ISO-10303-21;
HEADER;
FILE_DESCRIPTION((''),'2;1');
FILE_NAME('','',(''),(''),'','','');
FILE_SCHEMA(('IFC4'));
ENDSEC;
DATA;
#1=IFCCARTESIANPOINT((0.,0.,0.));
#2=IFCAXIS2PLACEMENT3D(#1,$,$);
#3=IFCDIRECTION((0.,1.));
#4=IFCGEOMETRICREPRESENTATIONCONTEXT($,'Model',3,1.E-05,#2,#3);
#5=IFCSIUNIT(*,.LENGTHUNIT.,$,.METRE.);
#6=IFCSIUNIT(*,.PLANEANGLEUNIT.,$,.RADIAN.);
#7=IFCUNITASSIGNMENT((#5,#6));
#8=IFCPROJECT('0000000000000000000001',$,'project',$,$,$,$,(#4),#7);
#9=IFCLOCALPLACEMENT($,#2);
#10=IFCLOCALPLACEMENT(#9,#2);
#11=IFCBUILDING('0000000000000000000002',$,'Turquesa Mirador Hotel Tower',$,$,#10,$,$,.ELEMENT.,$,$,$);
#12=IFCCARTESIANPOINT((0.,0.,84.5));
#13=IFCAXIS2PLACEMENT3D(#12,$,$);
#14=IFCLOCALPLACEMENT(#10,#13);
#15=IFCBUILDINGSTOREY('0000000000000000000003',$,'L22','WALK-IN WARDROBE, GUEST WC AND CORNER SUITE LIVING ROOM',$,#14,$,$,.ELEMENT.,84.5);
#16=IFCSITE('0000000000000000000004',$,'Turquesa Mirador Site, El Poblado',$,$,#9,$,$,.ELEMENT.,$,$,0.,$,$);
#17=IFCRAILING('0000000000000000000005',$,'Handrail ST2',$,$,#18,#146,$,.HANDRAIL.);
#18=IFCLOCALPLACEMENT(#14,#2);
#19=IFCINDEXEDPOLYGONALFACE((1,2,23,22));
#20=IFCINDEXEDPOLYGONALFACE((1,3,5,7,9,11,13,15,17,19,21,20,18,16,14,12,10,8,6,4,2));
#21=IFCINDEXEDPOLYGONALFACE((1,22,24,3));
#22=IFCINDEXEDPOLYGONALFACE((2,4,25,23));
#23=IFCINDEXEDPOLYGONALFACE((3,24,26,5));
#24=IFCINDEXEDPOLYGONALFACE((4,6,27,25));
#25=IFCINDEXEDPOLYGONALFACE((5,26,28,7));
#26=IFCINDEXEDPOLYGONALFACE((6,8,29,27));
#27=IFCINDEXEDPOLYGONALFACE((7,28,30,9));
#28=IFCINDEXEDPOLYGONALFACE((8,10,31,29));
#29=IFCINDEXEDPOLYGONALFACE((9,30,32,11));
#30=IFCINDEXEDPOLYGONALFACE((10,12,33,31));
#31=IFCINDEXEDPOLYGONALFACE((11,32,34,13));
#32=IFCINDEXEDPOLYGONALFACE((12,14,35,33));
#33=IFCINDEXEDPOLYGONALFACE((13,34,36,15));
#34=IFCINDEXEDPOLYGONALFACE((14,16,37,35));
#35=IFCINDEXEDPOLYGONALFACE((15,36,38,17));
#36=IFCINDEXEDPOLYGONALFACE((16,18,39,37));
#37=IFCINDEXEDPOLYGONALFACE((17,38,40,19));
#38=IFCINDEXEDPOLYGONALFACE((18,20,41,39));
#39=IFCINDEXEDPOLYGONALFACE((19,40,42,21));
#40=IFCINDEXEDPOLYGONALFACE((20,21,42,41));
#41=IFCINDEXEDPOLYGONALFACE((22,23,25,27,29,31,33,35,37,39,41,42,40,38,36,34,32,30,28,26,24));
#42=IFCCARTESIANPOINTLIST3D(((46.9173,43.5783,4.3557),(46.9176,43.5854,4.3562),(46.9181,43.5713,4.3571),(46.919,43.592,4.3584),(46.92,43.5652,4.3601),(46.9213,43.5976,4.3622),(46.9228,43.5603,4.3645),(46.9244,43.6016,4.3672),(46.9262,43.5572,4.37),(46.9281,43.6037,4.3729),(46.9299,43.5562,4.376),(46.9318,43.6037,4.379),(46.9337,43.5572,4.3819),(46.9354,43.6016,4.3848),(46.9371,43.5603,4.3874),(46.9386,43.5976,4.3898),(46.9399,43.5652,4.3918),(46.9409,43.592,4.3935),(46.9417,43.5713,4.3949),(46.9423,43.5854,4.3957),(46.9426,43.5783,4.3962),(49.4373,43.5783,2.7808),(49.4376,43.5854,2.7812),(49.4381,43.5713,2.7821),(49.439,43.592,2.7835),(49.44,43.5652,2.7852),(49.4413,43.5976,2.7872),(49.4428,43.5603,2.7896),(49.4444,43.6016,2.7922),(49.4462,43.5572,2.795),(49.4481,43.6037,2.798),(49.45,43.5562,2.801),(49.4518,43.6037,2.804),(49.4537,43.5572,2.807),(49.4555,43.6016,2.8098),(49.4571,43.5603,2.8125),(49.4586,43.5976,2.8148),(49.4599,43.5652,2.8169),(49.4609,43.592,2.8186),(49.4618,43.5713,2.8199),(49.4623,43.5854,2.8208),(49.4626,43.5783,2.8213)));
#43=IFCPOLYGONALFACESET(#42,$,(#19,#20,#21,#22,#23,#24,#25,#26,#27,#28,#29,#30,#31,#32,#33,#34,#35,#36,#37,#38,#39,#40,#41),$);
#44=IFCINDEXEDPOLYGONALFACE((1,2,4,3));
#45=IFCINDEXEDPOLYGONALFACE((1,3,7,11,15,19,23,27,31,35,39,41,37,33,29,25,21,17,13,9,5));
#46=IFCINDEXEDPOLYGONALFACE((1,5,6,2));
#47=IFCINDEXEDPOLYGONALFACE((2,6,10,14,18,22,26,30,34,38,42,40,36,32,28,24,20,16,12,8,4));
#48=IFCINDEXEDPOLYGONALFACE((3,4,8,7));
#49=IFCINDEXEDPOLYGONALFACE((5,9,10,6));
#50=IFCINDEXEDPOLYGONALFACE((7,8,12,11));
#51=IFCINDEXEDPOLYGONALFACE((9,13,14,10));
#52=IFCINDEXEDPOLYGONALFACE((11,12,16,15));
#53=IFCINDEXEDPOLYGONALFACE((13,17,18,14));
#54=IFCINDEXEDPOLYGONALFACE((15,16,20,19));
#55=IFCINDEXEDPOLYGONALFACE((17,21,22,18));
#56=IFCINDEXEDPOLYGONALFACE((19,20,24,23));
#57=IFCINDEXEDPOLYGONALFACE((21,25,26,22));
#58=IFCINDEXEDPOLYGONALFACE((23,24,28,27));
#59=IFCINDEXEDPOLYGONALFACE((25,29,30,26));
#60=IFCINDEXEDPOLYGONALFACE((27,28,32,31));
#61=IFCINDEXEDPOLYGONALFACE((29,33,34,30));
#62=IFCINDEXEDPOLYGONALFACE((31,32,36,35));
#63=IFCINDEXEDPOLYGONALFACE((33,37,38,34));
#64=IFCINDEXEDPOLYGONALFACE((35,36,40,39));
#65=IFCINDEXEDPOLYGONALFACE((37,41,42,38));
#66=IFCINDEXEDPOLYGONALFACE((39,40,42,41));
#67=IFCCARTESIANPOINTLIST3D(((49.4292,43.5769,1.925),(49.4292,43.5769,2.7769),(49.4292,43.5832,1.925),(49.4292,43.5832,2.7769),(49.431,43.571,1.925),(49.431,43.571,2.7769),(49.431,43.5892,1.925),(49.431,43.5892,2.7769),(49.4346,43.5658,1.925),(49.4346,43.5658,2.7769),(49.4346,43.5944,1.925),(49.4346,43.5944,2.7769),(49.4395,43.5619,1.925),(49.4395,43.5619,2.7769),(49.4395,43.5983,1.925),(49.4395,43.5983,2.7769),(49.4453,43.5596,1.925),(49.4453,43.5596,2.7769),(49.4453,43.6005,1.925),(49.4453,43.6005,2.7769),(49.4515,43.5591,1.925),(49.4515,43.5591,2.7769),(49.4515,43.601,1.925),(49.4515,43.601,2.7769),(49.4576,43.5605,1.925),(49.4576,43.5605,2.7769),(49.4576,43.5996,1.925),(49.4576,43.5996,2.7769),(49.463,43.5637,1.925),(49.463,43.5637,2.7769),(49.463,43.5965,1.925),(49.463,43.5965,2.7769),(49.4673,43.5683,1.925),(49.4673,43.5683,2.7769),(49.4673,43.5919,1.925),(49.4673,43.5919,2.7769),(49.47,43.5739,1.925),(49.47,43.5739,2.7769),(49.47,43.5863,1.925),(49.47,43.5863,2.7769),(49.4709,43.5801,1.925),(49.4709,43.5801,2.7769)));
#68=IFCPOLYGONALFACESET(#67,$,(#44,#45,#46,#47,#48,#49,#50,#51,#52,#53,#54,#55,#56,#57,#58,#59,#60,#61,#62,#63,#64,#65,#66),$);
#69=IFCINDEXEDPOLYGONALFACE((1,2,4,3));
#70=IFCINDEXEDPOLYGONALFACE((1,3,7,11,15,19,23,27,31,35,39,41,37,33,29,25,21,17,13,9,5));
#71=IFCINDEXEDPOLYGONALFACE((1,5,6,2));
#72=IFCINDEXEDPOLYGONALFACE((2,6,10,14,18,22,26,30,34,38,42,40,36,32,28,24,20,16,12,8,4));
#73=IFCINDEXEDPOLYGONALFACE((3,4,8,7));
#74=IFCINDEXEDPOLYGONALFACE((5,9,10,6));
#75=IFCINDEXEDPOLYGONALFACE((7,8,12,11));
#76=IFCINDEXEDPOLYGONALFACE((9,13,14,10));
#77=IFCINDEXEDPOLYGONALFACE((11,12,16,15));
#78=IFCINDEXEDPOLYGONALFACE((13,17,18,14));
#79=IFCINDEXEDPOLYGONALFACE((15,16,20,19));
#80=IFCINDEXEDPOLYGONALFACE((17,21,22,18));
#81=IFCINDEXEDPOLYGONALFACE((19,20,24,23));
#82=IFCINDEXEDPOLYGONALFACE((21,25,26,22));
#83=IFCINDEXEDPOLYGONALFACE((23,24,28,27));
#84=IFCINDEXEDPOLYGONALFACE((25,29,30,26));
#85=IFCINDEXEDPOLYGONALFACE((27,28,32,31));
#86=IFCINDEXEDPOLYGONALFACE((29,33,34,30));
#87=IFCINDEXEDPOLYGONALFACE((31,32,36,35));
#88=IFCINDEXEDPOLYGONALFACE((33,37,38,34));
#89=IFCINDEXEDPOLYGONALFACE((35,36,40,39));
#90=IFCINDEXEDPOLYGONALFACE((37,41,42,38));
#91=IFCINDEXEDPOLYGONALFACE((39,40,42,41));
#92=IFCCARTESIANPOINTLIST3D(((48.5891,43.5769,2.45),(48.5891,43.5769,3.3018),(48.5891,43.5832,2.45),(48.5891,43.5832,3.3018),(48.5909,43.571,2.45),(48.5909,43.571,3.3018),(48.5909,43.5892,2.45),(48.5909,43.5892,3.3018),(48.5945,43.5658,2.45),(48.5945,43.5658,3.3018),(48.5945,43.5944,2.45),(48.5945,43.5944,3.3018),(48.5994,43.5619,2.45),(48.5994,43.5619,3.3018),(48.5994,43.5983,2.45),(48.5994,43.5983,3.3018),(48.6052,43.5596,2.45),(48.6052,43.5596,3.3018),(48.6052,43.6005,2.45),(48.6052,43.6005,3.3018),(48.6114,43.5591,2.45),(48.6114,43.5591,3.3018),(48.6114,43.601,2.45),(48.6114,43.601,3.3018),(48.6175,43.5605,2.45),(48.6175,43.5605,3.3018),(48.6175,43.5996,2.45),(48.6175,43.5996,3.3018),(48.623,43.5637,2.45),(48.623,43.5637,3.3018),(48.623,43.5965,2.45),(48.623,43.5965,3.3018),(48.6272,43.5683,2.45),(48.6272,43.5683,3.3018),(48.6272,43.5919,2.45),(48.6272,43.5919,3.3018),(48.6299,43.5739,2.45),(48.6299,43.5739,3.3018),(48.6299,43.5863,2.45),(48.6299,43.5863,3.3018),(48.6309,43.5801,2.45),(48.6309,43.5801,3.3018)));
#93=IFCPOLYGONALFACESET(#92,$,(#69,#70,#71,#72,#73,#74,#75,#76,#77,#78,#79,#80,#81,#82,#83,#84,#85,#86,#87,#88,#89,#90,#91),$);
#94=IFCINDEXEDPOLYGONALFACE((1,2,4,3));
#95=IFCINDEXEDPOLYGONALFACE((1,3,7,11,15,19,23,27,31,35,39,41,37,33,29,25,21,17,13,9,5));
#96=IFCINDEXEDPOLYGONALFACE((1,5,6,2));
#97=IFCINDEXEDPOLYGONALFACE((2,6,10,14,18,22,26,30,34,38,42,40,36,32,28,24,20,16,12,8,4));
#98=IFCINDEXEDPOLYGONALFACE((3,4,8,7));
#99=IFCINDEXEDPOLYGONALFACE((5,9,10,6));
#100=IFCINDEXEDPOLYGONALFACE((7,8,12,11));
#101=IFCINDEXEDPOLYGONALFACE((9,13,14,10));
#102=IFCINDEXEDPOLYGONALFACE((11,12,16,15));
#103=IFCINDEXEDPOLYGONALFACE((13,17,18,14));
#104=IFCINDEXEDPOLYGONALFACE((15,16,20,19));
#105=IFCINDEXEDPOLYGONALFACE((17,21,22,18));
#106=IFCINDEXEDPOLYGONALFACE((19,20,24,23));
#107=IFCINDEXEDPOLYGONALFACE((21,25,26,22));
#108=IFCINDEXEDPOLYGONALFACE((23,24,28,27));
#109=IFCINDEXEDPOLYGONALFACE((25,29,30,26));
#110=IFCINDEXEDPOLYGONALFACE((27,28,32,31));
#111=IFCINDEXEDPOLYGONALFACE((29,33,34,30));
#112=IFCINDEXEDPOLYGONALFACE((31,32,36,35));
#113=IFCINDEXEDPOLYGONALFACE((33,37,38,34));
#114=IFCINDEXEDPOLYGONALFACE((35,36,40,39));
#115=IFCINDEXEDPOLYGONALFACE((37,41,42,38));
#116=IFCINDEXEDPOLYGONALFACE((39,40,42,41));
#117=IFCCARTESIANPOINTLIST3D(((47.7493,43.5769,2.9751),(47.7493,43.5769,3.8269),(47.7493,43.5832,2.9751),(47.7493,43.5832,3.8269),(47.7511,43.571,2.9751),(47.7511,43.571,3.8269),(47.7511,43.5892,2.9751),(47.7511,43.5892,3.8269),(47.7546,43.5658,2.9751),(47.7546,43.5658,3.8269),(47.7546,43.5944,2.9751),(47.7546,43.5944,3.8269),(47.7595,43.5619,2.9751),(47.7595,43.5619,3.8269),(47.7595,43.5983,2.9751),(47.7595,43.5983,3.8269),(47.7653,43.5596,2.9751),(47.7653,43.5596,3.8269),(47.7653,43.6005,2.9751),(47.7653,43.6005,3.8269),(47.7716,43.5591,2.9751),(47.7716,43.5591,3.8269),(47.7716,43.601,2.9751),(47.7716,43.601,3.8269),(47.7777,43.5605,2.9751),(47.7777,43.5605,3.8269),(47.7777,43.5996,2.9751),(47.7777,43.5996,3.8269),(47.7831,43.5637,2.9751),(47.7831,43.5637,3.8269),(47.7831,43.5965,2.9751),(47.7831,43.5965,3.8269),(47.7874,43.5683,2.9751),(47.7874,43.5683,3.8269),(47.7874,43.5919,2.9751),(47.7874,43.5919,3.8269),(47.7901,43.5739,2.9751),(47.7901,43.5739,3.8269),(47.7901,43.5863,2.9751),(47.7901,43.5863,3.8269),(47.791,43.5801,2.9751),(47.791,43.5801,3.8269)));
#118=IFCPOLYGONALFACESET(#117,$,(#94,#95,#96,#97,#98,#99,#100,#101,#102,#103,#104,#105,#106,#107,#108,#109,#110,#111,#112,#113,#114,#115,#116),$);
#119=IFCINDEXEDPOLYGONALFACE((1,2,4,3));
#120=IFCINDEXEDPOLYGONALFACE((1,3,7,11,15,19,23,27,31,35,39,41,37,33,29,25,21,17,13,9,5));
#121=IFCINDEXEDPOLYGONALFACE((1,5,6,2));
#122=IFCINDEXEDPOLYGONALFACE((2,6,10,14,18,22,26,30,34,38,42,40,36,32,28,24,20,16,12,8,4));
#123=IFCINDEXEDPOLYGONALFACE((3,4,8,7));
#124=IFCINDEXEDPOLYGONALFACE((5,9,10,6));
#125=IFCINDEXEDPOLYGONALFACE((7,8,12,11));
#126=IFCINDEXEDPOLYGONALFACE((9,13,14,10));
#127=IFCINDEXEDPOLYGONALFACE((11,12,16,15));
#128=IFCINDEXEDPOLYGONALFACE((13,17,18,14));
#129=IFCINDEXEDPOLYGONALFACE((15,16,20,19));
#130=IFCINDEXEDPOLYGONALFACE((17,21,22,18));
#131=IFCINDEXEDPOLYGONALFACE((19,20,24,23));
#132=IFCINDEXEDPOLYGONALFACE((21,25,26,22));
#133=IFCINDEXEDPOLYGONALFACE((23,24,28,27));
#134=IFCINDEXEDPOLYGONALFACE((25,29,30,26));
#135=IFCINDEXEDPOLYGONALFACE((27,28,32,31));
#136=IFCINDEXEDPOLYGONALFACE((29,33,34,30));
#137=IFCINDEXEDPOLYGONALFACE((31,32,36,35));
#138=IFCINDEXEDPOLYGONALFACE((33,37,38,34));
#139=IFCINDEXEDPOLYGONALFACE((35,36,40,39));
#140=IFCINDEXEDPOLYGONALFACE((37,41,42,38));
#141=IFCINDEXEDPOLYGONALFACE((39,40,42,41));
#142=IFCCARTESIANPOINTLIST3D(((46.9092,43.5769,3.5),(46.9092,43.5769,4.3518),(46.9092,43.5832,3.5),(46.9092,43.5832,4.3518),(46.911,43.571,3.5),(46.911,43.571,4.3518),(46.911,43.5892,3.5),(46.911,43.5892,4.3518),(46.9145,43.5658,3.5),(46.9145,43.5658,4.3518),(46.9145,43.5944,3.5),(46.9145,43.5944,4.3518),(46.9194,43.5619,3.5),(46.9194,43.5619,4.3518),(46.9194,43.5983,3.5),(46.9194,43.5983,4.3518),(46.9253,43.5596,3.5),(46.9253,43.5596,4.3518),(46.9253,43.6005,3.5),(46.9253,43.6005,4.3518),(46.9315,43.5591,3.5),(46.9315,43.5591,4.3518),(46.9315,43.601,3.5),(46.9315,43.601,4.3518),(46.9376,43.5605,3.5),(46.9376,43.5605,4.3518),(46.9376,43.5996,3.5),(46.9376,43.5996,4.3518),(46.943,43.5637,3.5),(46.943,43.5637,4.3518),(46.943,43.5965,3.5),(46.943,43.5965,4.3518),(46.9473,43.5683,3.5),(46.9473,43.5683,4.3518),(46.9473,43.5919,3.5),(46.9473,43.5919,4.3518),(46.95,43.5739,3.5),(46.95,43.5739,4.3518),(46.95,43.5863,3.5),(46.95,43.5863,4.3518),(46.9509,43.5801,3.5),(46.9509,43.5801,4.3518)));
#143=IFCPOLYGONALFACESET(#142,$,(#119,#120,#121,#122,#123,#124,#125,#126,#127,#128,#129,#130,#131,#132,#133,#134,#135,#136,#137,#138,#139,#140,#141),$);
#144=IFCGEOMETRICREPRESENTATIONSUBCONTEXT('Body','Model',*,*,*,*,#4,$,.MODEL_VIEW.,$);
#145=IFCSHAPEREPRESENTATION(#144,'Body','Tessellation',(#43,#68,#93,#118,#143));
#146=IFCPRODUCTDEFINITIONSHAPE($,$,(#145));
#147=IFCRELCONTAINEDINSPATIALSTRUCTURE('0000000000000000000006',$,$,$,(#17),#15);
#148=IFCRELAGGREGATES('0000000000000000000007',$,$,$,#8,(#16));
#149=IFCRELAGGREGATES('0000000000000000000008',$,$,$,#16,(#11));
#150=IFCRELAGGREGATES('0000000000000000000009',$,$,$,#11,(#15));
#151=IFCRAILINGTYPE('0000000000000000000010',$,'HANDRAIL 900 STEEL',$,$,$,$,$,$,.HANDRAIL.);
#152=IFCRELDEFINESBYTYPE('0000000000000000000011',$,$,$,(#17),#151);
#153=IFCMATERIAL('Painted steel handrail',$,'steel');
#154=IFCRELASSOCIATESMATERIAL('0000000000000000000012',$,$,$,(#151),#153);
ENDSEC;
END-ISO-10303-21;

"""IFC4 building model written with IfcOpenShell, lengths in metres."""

from ifc_helpers import new_model, si_unit, direction, frame, origin, origin_2d, place, context, subcontext, project, spatial, circle, extrude, material, type_object, element, save


model = new_model("IFC4")

# Units and contexts
model_context = context("Model", 3, precision=1e-05, world=origin(), true_north=direction((0.0, 1.0)))
body_context = subcontext(model_context, "Body", "Model", "MODEL_VIEW")
ifc_project = project(units=[si_unit("LENGTHUNIT", "METRE"), si_unit("PLANEANGLEUNIT", "RADIAN")], contexts=[model_context])

# Site, building, storey
site_placement = place(None, origin())
site = spatial("IfcSite", under=ifc_project, at=site_placement, Name="Turquesa Mirador Site, El Poblado", CompositionType="ELEMENT", RefElevation=0.0)
building_placement = place(site_placement, origin())
building = spatial("IfcBuilding", under=site, at=building_placement, Name="Turquesa Mirador Hotel Tower", CompositionType="ELEMENT")
storey_placement = place(building_placement, frame((0.0, 0.0, 84.5)))
storey = spatial("IfcBuildingStorey", under=building, at=storey_placement, Name="L22", Description="WALK-IN WARDROBE, GUEST WC AND CORNER SUITE LIVING ROOM", CompositionType="ELEMENT", Elevation=84.5)

# Railing
ifc_material_1 = material(Name="Painted steel handrail", Category="steel")
railing_type = type_object("IfcRailingType", Name="HANDRAIL 900 STEEL", PredefinedType="HANDRAIL", material=ifc_material_1)
railing_1_placement = place(storey_placement, frame((49.45, 43.5801, 1.925)))
element("IfcRailing", 1, at=railing_1_placement, inside=storey, type_object=railing_type, Name="Handrail ST2", PredefinedType="HANDRAIL", context=body_context, shape_type="SweptSolid", body=[
    extrude(circle(Radius=0.0239, at=origin_2d()), frame((0.0, 0.0, 0.876), z_axis=(-0.848008, 0.0, 0.529984), x_axis=(0.0, -1.0, 0.0)), (0.0, 0.0, 1.0), 2.9717),
    extrude(circle(Radius=0.021, at=origin_2d()), origin(), (0.0, 0.0, 1.0), 0.8518),
    extrude(circle(Radius=0.021, at=origin_2d()), frame((-0.8401, 0.0, 0.5249)), (0.0, 0.0, 1.0), 0.8518),
    extrude(circle(Radius=0.021, at=origin_2d()), frame((-1.6799, 0.0, 1.05)), (0.0, 0.0, 1.0), 0.8518),
    extrude(circle(Radius=0.021, at=origin_2d()), frame((-2.52, 0.0, 1.575)), (0.0, 0.0, 1.0), 0.8518),
])

save(model, "model.ifc")
